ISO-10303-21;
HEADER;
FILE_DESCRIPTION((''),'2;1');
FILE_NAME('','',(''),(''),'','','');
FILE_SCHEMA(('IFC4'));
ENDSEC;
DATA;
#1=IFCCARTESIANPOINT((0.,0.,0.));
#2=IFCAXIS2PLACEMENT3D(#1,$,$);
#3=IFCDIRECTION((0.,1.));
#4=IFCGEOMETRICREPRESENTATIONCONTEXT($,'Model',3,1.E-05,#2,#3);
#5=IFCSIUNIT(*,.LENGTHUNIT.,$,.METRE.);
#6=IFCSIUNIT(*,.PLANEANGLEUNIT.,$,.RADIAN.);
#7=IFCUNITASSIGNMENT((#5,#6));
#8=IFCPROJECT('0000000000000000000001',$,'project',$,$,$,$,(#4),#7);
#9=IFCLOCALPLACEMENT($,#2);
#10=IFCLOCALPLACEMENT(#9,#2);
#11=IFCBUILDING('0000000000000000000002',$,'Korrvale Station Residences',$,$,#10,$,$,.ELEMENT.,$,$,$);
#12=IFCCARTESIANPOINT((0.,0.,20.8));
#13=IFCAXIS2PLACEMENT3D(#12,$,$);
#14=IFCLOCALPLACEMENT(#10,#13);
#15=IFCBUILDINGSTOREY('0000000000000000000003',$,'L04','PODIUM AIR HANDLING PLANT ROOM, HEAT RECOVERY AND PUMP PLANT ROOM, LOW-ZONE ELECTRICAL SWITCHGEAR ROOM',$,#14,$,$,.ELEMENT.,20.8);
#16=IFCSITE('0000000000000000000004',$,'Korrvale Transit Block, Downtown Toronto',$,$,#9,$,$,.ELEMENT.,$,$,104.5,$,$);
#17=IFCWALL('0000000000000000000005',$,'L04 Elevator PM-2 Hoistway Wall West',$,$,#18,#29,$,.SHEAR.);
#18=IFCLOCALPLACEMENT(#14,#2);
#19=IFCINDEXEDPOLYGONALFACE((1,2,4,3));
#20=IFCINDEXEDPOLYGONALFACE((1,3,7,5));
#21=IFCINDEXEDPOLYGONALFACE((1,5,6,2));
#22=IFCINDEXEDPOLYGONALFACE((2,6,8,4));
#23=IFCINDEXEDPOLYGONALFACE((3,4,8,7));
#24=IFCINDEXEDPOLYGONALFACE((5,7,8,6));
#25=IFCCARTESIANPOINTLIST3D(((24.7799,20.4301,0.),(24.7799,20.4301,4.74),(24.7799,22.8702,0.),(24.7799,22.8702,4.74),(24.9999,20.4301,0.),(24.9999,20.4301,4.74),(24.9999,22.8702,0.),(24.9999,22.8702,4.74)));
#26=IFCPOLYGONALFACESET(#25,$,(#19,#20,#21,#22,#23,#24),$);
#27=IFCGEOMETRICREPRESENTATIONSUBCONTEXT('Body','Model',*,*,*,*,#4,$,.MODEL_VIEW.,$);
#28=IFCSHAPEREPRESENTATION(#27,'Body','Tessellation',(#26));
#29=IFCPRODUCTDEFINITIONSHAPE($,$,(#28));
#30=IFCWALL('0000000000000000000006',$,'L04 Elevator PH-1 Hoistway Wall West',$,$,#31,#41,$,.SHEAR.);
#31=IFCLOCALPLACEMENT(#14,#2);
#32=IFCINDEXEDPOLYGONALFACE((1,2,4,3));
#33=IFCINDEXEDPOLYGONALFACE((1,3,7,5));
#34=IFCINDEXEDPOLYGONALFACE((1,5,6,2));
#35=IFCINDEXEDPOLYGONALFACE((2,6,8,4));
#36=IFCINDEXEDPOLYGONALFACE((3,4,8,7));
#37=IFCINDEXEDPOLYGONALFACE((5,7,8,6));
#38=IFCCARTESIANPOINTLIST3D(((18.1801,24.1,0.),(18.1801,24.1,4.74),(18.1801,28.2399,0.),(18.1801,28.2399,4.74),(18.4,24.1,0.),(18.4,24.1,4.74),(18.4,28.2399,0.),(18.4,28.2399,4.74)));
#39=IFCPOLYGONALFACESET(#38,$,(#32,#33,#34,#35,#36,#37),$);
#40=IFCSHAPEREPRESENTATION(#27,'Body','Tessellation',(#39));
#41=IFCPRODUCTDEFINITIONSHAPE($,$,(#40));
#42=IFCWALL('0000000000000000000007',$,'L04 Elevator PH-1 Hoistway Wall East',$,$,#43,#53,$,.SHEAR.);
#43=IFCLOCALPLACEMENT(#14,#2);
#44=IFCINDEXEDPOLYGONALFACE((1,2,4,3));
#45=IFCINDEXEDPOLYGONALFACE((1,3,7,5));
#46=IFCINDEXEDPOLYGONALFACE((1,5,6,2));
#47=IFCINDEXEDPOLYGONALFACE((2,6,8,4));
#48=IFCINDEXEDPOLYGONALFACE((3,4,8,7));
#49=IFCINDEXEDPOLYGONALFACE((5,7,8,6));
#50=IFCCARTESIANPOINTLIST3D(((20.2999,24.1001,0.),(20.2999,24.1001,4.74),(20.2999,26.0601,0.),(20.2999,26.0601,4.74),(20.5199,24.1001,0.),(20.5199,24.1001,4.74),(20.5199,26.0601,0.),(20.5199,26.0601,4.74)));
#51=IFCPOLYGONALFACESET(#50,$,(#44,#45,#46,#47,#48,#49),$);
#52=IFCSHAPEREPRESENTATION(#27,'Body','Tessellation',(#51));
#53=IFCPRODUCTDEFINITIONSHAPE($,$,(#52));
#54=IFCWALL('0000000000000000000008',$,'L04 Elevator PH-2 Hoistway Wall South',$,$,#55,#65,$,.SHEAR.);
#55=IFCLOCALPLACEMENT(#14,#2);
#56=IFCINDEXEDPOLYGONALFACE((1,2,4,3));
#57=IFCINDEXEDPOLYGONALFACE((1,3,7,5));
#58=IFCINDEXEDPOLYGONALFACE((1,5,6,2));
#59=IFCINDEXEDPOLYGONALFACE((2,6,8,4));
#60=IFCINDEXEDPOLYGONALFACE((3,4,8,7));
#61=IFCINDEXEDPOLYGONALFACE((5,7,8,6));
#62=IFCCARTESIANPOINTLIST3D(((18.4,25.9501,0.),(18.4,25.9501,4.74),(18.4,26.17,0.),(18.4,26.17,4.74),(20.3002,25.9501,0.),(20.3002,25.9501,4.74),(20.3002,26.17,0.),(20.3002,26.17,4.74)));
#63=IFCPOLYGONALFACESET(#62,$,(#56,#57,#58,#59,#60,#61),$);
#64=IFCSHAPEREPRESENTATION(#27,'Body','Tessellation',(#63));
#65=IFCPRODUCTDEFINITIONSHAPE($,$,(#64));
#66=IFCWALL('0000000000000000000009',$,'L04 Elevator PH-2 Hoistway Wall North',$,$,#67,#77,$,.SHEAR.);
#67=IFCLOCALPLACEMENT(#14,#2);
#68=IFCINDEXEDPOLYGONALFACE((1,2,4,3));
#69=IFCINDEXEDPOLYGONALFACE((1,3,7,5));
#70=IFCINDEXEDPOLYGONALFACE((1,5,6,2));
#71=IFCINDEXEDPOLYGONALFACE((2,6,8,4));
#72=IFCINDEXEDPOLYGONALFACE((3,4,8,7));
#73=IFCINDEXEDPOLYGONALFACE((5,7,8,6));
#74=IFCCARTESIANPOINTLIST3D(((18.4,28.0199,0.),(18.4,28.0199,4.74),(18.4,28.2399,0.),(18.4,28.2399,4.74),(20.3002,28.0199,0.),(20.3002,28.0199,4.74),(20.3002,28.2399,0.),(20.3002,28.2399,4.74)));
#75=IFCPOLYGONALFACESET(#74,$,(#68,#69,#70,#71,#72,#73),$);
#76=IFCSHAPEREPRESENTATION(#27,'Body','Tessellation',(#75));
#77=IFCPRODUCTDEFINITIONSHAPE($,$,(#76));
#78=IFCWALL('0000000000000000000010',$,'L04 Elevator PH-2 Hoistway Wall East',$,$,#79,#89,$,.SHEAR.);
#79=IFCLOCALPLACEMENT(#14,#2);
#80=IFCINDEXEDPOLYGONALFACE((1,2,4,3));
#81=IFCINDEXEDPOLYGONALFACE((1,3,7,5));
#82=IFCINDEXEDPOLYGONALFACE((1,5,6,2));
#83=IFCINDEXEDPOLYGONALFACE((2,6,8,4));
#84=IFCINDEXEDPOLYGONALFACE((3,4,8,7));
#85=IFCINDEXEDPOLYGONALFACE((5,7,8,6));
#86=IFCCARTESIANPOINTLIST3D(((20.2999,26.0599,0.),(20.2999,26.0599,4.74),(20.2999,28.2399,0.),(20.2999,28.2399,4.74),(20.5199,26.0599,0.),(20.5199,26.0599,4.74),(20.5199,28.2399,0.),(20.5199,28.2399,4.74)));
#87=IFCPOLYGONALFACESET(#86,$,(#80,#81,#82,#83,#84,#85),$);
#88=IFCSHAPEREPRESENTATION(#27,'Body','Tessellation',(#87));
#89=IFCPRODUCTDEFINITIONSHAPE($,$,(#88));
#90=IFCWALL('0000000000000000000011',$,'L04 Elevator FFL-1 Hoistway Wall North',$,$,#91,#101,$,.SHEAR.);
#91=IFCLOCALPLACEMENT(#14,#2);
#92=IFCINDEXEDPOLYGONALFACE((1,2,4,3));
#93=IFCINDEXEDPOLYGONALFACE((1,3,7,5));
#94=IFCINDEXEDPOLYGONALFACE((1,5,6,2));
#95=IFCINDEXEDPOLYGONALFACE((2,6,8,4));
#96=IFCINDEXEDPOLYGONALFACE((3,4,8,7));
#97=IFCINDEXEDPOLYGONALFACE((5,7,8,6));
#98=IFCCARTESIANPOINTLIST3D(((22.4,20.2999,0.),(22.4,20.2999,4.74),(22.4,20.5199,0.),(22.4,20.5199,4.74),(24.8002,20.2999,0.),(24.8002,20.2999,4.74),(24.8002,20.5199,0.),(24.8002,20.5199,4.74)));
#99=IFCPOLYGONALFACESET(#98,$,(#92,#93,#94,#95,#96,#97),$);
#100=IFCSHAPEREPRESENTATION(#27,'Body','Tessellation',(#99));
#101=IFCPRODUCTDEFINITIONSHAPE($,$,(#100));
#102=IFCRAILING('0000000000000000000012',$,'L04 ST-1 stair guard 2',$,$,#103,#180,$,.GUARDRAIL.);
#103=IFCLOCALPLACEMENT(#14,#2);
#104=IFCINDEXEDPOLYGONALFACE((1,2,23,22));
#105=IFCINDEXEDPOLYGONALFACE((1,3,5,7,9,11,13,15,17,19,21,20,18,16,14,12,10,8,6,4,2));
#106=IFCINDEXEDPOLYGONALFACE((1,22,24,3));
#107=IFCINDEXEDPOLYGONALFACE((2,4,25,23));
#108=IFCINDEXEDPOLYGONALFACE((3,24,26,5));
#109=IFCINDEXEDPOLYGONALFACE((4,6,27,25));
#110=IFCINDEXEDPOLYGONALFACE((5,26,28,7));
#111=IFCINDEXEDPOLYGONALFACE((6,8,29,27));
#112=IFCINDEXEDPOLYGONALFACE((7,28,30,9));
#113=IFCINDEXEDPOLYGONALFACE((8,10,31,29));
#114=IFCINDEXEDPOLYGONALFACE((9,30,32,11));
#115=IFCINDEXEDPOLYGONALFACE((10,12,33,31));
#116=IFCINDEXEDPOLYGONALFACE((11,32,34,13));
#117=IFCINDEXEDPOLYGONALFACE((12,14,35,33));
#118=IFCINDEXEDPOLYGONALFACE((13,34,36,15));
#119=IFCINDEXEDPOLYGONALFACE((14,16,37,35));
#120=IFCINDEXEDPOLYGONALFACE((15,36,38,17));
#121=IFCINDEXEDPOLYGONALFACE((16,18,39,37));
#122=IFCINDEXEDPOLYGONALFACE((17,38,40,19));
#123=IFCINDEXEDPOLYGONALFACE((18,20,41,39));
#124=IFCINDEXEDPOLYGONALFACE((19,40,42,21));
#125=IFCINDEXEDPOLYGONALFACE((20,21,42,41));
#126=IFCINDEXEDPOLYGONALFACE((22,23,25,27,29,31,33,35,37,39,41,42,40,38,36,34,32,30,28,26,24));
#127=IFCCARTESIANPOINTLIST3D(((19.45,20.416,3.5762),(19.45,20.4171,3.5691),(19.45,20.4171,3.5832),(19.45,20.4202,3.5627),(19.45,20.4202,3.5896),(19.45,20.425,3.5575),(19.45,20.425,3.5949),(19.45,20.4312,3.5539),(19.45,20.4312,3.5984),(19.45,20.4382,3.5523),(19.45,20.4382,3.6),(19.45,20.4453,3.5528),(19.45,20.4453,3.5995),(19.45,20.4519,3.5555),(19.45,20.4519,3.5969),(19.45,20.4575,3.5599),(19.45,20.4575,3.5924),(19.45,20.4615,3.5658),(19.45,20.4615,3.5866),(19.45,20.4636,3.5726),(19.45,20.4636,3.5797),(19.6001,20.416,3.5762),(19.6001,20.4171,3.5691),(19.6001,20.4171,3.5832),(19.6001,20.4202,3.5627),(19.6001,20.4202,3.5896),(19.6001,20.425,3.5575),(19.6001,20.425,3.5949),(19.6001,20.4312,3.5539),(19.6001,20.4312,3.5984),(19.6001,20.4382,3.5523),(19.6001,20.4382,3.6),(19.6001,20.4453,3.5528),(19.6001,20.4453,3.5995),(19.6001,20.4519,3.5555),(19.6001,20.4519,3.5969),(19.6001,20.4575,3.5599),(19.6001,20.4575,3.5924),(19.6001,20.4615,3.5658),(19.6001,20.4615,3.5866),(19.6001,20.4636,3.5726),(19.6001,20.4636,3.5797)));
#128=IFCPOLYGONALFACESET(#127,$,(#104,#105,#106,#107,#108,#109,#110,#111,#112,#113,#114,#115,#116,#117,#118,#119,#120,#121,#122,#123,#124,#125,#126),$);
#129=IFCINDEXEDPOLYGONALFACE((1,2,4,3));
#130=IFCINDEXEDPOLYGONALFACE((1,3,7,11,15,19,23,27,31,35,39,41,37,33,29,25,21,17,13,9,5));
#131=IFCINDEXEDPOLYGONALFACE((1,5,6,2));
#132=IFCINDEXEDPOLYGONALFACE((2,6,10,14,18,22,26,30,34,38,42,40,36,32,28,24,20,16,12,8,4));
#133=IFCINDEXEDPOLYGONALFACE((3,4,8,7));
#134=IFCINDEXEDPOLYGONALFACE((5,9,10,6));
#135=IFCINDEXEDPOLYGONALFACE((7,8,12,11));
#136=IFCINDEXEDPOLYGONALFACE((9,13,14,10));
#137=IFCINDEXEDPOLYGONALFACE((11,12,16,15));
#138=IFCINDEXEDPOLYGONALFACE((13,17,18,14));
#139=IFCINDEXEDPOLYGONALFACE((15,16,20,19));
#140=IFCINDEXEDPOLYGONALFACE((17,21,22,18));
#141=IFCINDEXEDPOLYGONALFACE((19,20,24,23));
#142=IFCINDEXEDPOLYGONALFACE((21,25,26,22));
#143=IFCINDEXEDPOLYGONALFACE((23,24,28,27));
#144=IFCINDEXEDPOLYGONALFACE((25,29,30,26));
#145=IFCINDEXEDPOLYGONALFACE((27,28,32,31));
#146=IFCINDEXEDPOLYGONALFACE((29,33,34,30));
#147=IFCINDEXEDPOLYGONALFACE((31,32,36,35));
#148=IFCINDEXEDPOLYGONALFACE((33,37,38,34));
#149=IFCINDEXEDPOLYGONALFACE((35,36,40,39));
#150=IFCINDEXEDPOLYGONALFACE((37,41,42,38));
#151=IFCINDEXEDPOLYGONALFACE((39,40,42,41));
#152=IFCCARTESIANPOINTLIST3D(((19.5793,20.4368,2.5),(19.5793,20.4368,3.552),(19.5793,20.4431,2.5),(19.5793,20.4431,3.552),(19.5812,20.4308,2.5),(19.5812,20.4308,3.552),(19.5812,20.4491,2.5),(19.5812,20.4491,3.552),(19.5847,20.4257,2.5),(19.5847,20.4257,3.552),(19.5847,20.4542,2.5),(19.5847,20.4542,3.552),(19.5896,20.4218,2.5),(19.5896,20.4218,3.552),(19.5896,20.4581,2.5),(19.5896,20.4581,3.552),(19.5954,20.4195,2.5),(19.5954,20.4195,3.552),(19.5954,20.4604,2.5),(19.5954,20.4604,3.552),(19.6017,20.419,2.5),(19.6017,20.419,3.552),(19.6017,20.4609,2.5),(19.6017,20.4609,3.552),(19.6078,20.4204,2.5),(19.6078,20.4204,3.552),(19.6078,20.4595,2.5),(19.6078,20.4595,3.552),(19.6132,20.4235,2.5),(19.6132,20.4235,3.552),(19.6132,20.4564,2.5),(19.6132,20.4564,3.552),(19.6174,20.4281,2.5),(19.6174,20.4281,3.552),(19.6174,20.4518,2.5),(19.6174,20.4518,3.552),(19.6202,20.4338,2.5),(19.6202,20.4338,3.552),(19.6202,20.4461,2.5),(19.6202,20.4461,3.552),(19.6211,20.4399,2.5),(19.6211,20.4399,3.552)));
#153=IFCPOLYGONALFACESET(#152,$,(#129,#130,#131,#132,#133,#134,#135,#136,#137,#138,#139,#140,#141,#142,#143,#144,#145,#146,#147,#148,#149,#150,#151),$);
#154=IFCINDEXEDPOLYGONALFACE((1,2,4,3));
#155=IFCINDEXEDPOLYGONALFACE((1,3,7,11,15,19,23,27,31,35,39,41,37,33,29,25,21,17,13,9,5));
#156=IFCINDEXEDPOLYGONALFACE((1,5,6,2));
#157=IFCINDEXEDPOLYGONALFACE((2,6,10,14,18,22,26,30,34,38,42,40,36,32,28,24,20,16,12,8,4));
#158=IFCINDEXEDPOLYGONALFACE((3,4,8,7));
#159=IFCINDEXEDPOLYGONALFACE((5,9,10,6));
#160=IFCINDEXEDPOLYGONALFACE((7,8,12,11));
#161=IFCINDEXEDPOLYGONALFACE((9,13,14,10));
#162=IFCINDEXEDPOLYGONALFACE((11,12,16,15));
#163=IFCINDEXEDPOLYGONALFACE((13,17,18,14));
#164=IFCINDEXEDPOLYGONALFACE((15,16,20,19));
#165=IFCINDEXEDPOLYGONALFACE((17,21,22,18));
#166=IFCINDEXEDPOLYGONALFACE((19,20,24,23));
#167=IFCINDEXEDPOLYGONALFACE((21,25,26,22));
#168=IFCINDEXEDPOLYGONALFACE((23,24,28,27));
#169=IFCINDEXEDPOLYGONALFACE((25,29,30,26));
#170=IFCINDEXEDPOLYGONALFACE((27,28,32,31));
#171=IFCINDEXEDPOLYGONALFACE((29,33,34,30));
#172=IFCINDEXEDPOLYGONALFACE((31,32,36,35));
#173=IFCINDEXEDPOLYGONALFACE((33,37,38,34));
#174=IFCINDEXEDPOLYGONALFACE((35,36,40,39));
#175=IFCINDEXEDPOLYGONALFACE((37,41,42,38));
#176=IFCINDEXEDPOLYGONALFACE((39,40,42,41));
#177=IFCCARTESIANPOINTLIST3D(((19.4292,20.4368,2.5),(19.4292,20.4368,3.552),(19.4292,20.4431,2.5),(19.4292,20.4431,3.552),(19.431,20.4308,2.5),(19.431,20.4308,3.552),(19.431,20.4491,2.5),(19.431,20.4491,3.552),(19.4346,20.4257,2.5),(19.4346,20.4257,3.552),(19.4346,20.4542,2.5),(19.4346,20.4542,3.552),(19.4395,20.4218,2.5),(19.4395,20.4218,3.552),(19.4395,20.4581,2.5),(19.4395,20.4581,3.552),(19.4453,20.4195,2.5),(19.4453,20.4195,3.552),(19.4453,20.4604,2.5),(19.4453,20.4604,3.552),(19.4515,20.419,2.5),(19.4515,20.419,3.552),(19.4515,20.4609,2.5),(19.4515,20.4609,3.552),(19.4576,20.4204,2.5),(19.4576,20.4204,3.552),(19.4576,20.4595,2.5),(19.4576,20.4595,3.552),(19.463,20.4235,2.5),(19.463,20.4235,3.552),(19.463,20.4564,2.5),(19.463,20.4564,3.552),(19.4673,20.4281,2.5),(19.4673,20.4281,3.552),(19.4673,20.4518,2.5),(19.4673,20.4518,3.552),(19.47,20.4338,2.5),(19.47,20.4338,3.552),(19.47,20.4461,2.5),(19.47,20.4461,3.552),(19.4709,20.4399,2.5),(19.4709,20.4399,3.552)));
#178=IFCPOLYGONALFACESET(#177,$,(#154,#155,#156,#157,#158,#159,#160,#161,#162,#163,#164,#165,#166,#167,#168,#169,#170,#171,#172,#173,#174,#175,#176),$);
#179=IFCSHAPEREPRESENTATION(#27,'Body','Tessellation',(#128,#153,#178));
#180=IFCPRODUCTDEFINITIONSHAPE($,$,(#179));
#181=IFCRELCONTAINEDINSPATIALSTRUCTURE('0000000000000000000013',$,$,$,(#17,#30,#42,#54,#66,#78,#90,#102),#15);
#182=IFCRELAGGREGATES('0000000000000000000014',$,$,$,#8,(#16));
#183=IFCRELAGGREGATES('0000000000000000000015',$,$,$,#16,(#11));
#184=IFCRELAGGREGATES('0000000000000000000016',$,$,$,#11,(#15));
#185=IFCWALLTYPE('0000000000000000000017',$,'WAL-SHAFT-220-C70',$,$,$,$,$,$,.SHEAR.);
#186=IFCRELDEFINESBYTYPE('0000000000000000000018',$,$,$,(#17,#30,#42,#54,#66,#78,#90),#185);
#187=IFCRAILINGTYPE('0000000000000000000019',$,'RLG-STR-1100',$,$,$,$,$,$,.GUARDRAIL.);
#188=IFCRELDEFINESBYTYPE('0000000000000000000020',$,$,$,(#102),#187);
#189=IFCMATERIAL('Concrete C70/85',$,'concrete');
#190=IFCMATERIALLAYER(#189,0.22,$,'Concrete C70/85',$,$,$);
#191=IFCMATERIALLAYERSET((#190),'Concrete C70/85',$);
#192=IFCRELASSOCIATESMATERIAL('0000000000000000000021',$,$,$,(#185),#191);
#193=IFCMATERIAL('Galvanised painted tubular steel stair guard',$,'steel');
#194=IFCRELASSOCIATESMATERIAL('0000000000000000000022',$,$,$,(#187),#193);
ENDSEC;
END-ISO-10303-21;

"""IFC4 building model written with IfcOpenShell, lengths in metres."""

from ifc_helpers import new_model, si_unit, direction, frame, frame_2d, origin, origin_2d, place, context, subcontext, project, spatial, rectangle, circle, extrude, material, layer, layer_set, type_object, element, save


model = new_model("IFC4")

# Units and contexts
model_context = context("Model", 3, precision=1e-05, world=origin(), true_north=direction((0.0, 1.0)))
body_context = subcontext(model_context, "Body", "Model", "MODEL_VIEW")
ifc_project = project(units=[si_unit("LENGTHUNIT", "METRE"), si_unit("PLANEANGLEUNIT", "RADIAN")], contexts=[model_context])

# Site, building, storey
site_placement = place(None, origin())
site = spatial("IfcSite", under=ifc_project, at=site_placement, Name="Korrvale Transit Block, Downtown Toronto", CompositionType="ELEMENT", RefElevation=104.5)
building_placement = place(site_placement, origin())
building = spatial("IfcBuilding", under=site, at=building_placement, Name="Korrvale Station Residences", CompositionType="ELEMENT")
storey_placement = place(building_placement, frame((0.0, 0.0, 20.8)))
storey = spatial("IfcBuildingStorey", under=building, at=storey_placement, Name="L04", Description="PODIUM AIR HANDLING PLANT ROOM, HEAT RECOVERY AND PUMP PLANT ROOM, LOW-ZONE ELECTRICAL SWITCHGEAR ROOM", CompositionType="ELEMENT", Elevation=20.8)

# Shared definitions
ifc_material_1 = material(Name="Concrete C70/85", Category="concrete")

# Walls
ifc_layer_1 = layer(ifc_material_1, 0.22, Name="Concrete C70/85")
ifc_layer_set_1 = layer_set([ifc_layer_1], Name="Concrete C70/85")
wall_type_1 = type_object("IfcWallType", Name="WAL-SHAFT-220-C70", PredefinedType="SHEAR", material=ifc_layer_set_1)
for number, where, z_axis, x_axis, name in (
    (1, (24.8899, 20.4299, 0.0), (0.0, 0.0, 1.0), (0.0, 1.0, 0.0), "L04 Elevator PM-2 Hoistway Wall West"),
):
    element("IfcWall", number, at=place(storey_placement, frame(where, z_axis=z_axis, x_axis=x_axis)), inside=storey, type_object=wall_type_1, Name=name, PredefinedType="SHEAR", context=body_context, shape_type="SweptSolid", body=[
        extrude(rectangle(XDim=2.4402, YDim=0.22, at=frame_2d((1.2202, 0.0))), origin(), (0.0, 0.0, 1.0), 4.74),
    ])
wall_1_placement = place(storey_placement, frame((18.29, 24.1001, 0.0), z_axis=(0.0, 0.0, 1.0), x_axis=(0.0, 1.0, 0.0)))
element("IfcWall", 2, at=wall_1_placement, inside=storey, type_object=wall_type_1, Name="L04 Elevator PH-1 Hoistway Wall West", PredefinedType="SHEAR", context=body_context, shape_type="SweptSolid", body=[
    extrude(rectangle(XDim=4.1399, YDim=0.22, at=frame_2d((2.0698, 0.0))), origin(), (0.0, 0.0, 1.0), 4.74),
])
wall_2_placement = place(storey_placement, frame((20.4099, 24.1001, 0.0), z_axis=(0.0, 0.0, 1.0), x_axis=(0.0, 1.0, 0.0)))
element("IfcWall", 3, at=wall_2_placement, inside=storey, type_object=wall_type_1, Name="L04 Elevator PH-1 Hoistway Wall East", PredefinedType="SHEAR", context=body_context, shape_type="SweptSolid", body=[
    extrude(rectangle(XDim=1.96, YDim=0.22, at=frame_2d((0.98, 0.0))), origin(), (0.0, 0.0, 1.0), 4.74),
])
for number, where, z_axis, x_axis, name in (
    (4, (18.3999, 26.0601, 0.0), (0.0, 0.0, 1.0), (1.0, 0.0, 0.0), "L04 Elevator PH-2 Hoistway Wall South"),
    (5, (18.3999, 28.1299, 0.0), (0.0, 0.0, 1.0), (1.0, 0.0, 0.0), "L04 Elevator PH-2 Hoistway Wall North"),
):
    element("IfcWall", number, at=place(storey_placement, frame(where, z_axis=z_axis, x_axis=x_axis)), inside=storey, type_object=wall_type_1, Name=name, PredefinedType="SHEAR", context=body_context, shape_type="SweptSolid", body=[
        extrude(rectangle(XDim=1.9001, YDim=0.22, at=frame_2d((0.9502, 0.0))), origin(), (0.0, 0.0, 1.0), 4.74),
    ])
wall_3_placement = place(storey_placement, frame((20.4099, 26.0601, 0.0), z_axis=(0.0, 0.0, 1.0), x_axis=(0.0, 1.0, 0.0)))
element("IfcWall", 6, at=wall_3_placement, inside=storey, type_object=wall_type_1, Name="L04 Elevator PH-2 Hoistway Wall East", PredefinedType="SHEAR", context=body_context, shape_type="SweptSolid", body=[
    extrude(rectangle(XDim=2.1799, YDim=0.22, at=frame_2d((1.0898, 0.0))), origin(), (0.0, 0.0, 1.0), 4.74),
])
wall_4_placement = place(storey_placement, frame((22.3999, 20.4099, 0.0), z_axis=(0.0, 0.0, 1.0), x_axis=(1.0, 0.0, 0.0)))
element("IfcWall", 7, at=wall_4_placement, inside=storey, type_object=wall_type_1, Name="L04 Elevator FFL-1 Hoistway Wall North", PredefinedType="SHEAR", context=body_context, shape_type="SweptSolid", body=[
    extrude(rectangle(XDim=2.4001, YDim=0.22, at=frame_2d((1.2002, 0.0))), origin(), (0.0, 0.0, 1.0), 4.74),
])

# Railing
ifc_material_2 = material(Name="Galvanised painted tubular steel stair guard", Category="steel")
railing_type = type_object("IfcRailingType", Name="RLG-STR-1100", PredefinedType="GUARDRAIL", material=ifc_material_2)
railing_1_placement = place(storey_placement, frame((19.6001, 20.4399, 2.5)))
element("IfcRailing", 8, at=railing_1_placement, inside=storey, type_object=railing_type, Name="L04 ST-1 stair guard 2", PredefinedType="GUARDRAIL", context=body_context, shape_type="SweptSolid", body=[
    extrude(circle(Radius=0.0239, at=origin_2d()), frame((0.0, 0.0, 1.0762), z_axis=(-1.0, 0.0, 0.0), x_axis=(0.0, -1.0, 0.0)), (0.0, 0.0, 1.0), 0.1501),
    extrude(circle(Radius=0.021, at=origin_2d()), origin(), (0.0, 0.0, 1.0), 1.052),
    extrude(circle(Radius=0.021, at=origin_2d()), frame((-0.1501, 0.0, 0.0)), (0.0, 0.0, 1.0), 1.052),
])

save(model, "model.ifc")
